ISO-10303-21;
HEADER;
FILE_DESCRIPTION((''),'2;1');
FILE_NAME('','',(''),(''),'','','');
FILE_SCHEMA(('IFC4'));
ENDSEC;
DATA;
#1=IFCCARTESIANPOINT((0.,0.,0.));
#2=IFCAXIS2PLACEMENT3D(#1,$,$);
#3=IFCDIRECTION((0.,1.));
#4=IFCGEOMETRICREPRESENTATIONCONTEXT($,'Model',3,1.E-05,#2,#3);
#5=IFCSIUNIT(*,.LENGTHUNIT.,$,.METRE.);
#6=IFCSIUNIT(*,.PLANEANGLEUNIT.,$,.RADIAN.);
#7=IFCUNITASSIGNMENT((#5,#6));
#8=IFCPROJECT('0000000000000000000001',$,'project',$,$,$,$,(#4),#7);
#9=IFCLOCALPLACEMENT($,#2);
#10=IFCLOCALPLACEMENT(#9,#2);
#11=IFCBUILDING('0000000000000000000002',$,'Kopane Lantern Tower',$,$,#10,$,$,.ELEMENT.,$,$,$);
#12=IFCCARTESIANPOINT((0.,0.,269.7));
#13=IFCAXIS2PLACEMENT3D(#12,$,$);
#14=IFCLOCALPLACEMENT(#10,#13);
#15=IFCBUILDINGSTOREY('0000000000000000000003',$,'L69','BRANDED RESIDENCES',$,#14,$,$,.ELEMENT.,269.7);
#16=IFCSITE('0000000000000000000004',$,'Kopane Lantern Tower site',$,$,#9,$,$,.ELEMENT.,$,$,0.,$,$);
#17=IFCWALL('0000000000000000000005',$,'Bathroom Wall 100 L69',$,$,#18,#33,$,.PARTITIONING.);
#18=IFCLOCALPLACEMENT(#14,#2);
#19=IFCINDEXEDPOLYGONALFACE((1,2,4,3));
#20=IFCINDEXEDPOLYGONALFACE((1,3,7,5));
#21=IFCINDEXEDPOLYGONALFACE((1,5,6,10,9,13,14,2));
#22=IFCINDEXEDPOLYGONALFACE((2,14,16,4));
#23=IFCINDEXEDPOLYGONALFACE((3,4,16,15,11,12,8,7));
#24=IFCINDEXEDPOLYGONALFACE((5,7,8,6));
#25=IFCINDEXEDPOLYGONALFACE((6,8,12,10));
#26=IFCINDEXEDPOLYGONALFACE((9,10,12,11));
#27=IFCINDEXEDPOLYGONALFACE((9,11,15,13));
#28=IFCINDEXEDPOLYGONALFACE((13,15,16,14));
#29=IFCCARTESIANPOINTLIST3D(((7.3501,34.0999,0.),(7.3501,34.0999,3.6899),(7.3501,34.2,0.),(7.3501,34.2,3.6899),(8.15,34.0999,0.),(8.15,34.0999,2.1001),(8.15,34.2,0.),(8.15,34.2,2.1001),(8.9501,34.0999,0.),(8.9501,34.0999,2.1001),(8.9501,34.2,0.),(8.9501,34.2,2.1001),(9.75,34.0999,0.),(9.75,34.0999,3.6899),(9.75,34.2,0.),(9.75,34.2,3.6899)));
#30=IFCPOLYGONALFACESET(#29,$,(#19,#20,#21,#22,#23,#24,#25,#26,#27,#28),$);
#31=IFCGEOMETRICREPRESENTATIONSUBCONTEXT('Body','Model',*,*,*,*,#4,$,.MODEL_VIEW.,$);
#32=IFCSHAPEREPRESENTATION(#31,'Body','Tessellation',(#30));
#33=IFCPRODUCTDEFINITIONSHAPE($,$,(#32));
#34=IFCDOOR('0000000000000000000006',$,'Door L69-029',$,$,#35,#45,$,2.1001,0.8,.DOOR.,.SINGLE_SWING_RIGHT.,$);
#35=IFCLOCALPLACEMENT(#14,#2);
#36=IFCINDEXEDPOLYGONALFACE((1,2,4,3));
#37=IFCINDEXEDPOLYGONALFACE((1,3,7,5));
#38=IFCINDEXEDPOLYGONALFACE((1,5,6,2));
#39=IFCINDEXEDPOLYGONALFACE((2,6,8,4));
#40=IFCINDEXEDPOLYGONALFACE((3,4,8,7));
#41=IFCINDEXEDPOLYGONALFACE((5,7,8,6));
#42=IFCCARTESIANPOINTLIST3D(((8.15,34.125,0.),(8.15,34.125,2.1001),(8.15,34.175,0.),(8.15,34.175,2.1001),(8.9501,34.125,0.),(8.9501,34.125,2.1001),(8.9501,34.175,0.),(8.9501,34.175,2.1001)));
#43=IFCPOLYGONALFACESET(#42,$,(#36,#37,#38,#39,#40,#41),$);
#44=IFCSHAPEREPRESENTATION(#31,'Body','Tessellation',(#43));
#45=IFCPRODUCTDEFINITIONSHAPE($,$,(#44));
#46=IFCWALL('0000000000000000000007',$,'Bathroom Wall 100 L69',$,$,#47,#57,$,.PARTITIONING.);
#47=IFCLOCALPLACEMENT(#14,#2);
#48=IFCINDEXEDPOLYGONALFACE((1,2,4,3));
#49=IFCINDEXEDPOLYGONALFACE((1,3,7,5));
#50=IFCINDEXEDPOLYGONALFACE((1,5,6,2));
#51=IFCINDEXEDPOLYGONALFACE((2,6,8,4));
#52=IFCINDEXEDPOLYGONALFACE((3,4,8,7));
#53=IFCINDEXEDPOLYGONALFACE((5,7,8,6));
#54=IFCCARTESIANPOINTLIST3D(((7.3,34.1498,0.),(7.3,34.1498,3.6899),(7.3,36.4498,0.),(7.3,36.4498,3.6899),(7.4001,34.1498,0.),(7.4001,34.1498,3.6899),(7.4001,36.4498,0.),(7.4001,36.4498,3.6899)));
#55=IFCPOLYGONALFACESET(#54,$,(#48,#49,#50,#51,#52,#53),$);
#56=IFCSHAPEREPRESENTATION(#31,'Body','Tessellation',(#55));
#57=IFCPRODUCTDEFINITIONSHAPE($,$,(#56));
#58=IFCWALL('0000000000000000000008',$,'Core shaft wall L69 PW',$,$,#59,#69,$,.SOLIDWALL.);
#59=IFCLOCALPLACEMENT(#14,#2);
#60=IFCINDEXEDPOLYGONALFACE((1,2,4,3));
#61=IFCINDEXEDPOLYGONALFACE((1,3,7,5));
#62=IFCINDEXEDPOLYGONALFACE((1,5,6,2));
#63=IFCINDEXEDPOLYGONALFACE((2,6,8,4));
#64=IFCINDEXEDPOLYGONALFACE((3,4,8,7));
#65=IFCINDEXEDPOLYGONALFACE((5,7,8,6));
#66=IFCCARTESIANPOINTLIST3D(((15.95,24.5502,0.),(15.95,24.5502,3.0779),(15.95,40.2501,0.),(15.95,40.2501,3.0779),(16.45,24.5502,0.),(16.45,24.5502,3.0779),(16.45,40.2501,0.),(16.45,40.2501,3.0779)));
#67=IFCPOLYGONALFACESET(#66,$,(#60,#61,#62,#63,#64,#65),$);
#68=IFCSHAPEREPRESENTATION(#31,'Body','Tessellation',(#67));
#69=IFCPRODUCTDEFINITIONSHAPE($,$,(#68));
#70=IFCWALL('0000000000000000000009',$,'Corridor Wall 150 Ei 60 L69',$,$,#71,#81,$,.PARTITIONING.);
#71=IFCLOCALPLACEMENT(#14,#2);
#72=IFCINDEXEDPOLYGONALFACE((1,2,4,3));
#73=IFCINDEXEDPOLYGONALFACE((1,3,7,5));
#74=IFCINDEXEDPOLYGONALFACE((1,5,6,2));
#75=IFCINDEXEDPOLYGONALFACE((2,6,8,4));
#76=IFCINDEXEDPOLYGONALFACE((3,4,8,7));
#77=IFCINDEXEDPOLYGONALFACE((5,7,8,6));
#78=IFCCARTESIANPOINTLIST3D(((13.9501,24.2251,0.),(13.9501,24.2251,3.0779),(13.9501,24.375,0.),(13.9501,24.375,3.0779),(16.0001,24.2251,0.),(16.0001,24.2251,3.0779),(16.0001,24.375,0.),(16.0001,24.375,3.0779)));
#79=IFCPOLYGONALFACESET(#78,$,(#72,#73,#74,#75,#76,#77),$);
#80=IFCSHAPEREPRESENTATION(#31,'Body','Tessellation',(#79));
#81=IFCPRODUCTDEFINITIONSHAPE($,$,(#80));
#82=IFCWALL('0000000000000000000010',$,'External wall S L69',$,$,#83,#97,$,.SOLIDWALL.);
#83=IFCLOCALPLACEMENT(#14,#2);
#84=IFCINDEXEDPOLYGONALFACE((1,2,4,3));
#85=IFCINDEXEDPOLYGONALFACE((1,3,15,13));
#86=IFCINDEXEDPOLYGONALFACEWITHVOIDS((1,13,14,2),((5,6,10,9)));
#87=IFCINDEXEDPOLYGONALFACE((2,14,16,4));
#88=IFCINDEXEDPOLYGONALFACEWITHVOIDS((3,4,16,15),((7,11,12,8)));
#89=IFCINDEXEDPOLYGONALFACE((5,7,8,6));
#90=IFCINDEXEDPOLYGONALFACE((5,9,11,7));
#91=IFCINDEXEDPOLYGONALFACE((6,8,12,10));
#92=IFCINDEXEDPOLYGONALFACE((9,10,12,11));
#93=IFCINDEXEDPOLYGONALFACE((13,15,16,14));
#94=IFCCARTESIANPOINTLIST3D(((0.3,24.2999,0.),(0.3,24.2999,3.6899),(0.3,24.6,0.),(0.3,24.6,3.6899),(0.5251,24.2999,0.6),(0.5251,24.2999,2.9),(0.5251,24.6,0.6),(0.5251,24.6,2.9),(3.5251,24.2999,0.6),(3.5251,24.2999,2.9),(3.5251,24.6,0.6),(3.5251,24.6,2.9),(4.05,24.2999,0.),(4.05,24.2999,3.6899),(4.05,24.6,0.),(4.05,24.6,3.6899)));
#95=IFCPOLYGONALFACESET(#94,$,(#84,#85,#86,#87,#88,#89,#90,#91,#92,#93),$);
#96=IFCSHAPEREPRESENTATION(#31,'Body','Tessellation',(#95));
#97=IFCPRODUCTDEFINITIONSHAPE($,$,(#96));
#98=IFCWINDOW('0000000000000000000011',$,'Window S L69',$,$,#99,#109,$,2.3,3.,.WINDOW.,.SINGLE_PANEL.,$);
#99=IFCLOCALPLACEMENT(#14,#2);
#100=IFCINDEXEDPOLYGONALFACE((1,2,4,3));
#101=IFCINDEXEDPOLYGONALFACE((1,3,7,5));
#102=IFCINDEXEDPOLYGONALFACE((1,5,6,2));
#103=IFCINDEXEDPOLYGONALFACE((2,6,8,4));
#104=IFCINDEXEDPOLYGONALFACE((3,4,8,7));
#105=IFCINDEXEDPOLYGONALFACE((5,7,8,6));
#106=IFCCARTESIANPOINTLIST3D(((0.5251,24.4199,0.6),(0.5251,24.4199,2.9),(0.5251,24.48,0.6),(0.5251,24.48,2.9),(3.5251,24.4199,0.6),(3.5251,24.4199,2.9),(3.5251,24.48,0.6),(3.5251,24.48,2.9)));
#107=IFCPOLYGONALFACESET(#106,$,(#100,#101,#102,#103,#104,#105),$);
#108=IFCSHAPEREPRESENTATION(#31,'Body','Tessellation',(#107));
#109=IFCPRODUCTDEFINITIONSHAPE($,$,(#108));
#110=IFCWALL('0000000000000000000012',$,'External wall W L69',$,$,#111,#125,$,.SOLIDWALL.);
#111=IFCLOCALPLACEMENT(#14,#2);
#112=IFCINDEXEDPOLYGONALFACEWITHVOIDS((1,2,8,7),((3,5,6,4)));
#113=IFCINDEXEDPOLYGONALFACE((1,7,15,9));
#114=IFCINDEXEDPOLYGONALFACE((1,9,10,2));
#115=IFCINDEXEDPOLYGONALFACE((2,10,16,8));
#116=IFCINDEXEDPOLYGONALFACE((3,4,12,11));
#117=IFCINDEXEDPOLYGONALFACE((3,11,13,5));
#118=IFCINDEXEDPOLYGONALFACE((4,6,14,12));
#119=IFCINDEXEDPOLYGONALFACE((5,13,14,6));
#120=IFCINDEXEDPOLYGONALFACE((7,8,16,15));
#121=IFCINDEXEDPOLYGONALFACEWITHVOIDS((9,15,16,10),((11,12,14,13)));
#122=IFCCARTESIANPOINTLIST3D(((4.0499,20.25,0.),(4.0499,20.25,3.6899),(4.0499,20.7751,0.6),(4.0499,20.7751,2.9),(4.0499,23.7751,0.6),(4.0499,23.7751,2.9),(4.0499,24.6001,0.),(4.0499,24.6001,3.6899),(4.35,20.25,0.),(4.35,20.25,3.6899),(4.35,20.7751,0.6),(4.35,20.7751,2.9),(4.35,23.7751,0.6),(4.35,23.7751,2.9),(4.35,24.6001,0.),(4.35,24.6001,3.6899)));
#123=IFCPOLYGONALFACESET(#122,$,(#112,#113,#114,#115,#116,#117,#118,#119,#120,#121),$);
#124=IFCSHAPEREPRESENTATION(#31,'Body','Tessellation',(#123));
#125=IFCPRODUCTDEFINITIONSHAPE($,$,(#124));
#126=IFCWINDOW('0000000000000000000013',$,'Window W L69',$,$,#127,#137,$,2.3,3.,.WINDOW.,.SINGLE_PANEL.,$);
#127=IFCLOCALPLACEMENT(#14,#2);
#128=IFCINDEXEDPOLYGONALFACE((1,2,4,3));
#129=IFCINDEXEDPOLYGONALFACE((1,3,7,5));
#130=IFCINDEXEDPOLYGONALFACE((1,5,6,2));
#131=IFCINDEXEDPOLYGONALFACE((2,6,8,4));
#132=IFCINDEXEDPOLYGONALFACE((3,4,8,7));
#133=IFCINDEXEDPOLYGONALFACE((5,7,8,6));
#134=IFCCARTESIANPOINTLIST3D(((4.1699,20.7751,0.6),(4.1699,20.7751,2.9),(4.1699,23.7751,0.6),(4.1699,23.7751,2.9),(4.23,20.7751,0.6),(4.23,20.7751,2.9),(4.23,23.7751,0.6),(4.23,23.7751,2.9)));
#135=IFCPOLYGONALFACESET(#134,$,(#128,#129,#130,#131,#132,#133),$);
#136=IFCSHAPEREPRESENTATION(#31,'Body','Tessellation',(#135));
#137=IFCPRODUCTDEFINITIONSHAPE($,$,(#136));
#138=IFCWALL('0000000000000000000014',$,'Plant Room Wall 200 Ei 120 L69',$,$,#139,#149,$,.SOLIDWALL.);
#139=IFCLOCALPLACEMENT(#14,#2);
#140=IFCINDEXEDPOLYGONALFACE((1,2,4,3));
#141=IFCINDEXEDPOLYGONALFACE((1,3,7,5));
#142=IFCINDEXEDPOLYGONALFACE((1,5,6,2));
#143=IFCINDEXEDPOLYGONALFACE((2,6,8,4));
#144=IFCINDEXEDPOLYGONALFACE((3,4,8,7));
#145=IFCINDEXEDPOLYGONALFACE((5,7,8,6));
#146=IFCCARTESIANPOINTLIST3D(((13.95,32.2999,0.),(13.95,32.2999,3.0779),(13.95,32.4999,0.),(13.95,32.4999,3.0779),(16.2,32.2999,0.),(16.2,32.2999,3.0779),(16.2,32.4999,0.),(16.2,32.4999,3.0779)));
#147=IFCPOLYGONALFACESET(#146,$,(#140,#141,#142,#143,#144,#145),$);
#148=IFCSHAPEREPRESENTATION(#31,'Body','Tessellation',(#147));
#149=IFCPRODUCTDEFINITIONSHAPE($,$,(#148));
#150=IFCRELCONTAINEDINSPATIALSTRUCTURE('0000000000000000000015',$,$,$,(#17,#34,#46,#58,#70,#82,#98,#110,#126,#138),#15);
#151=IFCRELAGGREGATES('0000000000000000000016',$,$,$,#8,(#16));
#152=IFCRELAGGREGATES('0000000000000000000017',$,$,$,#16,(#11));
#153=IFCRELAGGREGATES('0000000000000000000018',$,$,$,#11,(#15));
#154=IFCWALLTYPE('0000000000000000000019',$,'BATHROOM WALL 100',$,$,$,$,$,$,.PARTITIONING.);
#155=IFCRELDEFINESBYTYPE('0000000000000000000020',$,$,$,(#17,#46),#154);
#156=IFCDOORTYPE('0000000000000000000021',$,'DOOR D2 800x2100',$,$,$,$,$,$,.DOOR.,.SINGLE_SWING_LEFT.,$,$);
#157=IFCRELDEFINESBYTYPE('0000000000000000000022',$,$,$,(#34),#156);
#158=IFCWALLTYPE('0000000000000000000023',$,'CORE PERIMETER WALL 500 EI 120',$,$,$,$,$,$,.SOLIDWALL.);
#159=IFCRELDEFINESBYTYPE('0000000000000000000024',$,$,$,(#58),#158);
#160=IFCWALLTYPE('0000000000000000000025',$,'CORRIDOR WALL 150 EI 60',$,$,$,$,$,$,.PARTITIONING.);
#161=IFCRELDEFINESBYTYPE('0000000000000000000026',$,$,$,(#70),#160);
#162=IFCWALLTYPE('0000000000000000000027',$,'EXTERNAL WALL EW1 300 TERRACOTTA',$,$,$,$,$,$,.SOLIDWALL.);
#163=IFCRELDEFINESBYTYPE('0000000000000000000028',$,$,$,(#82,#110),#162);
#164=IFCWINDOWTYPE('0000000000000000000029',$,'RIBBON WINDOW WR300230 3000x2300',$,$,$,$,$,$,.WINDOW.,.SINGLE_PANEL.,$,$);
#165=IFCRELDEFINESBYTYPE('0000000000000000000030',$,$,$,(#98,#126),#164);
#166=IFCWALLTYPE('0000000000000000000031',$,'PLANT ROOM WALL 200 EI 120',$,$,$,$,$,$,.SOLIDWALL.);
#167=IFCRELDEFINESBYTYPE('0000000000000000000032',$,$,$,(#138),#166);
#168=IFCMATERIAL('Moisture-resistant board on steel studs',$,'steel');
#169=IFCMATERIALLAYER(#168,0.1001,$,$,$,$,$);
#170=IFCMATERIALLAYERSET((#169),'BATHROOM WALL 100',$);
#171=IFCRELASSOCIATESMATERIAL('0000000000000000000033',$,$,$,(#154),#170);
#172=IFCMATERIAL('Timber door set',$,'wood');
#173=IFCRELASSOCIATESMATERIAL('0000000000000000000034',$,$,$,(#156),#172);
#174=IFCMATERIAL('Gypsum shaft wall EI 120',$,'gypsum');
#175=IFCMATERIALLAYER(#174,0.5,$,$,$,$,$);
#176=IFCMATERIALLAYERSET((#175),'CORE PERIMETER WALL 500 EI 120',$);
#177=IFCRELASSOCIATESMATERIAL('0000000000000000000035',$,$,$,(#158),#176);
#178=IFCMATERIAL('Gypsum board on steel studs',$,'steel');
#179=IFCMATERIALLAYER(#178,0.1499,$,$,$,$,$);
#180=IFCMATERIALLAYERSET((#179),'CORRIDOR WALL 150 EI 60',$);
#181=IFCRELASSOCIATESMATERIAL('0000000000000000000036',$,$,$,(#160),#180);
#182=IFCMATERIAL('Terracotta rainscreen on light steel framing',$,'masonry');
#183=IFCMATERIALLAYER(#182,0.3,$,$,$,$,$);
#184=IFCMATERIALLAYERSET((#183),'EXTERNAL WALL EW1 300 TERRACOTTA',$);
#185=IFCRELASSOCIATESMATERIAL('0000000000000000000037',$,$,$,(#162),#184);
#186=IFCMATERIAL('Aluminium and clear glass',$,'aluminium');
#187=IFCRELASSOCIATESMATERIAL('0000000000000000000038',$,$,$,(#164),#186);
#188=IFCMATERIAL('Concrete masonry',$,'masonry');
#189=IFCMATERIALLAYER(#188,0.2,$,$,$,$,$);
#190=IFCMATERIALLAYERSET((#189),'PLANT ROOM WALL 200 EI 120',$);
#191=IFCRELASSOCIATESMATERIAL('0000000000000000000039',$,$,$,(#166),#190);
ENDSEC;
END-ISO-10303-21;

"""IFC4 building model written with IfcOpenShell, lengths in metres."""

from ifc_helpers import new_model, si_unit, direction, frame, frame_2d, origin, place, context, subcontext, project, spatial, rectangle, extrude, material, layer, layer_set, type_object, element, fill, save


model = new_model("IFC4")

# Units and contexts
model_context = context("Model", 3, precision=1e-05, world=origin(), true_north=direction((0.0, 1.0)))
body_context = subcontext(model_context, "Body", "Model", "MODEL_VIEW")
ifc_project = project(units=[si_unit("LENGTHUNIT", "METRE"), si_unit("PLANEANGLEUNIT", "RADIAN")], contexts=[model_context])

# Site, building, storey
site_placement = place(None, origin())
site = spatial("IfcSite", under=ifc_project, at=site_placement, Name="Kopane Lantern Tower site", CompositionType="ELEMENT", RefElevation=0.0)
building_placement = place(site_placement, origin())
building = spatial("IfcBuilding", under=site, at=building_placement, Name="Kopane Lantern Tower", CompositionType="ELEMENT")
storey_placement = place(building_placement, frame((0.0, 0.0, 269.7)))
storey = spatial("IfcBuildingStorey", under=building, at=storey_placement, Name="L69", Description="BRANDED RESIDENCES", CompositionType="ELEMENT", Elevation=269.7)

# Wall, opening, door
ifc_material_1 = material(Name="Moisture-resistant board on steel studs", Category="steel")
ifc_layer_1 = layer(ifc_material_1, 0.1001)
ifc_layer_set_1 = layer_set([ifc_layer_1], Name="BATHROOM WALL 100")
wall_type_1 = type_object("IfcWallType", Name="BATHROOM WALL 100", PredefinedType="PARTITIONING", material=ifc_layer_set_1)
wall_1_placement = place(storey_placement, frame((9.75, 34.1499, 0.0), z_axis=(0.0, 0.0, 1.0), x_axis=(-1.0, 0.0, 0.0)))
wall_1 = element("IfcWall", 1, at=wall_1_placement, inside=storey, type_object=wall_type_1, Name="Bathroom Wall 100 L69", PredefinedType="PARTITIONING", context=body_context, shape_type="SweptSolid", body=[
    extrude(rectangle(XDim=2.3999, YDim=0.1001, at=frame_2d((1.2, 0.0))), origin(), (0.0, 0.0, 1.0), 3.6899),
])
opening_1_placement = place(wall_1_placement, frame((0.8, 0.0, 0.0)))
opening_1 = element("IfcOpeningElement", 2, at=opening_1_placement, cuts=wall_1, PredefinedType="OPENING", context=body_context, shape_type="SweptSolid", body=[
    extrude(rectangle(XDim=0.8, YDim=2.1001, at=frame_2d((0.3999, 1.05))), frame((0.0, 0.0601, 0.0), z_axis=(0.0, -1.0, 0.0), x_axis=(1.0, 0.0, 0.0)), (0.0, 0.0, 1.0), 0.1201),
])
ifc_material_2 = material(Name="Timber door set", Category="wood")
door_type_1 = type_object("IfcDoorType", Name="DOOR D2 800x2100", OperationType="SINGLE_SWING_LEFT", PredefinedType="DOOR", material=ifc_material_2)
door_1_placement = place(opening_1_placement, origin())
door_1 = element("IfcDoor", 3, at=door_1_placement, inside=storey, type_object=door_type_1, Name="Door L69-029", OperationType="SINGLE_SWING_RIGHT", OverallHeight=2.1001, OverallWidth=0.8, PredefinedType="DOOR", context=body_context, shape_type="SweptSolid", body=[
    extrude(rectangle(XDim=0.8, YDim=2.1001, at=frame_2d((0.3999, 1.05))), frame((0.0, 0.0249, 0.0), z_axis=(0.0, -1.0, 0.0), x_axis=(1.0, 0.0, 0.0)), (0.0, 0.0, 1.0), 0.05),
])
fill(opening_1, door_1)

# Walls
wall_2_placement = place(storey_placement, frame((7.3501, 34.1499, 0.0), z_axis=(0.0, 0.0, 1.0), x_axis=(0.0, 1.0, 0.0)))
element("IfcWall", 4, at=wall_2_placement, inside=storey, type_object=wall_type_1, Name="Bathroom Wall 100 L69", PredefinedType="PARTITIONING", context=body_context, shape_type="SweptSolid", body=[
    extrude(rectangle(XDim=2.3, YDim=0.1001, at=frame_2d((1.1499, 0.0))), origin(), (0.0, 0.0, 1.0), 3.6899),
])
ifc_material_3 = material(Name="Gypsum shaft wall EI 120", Category="gypsum")
ifc_layer_2 = layer(ifc_material_3, 0.5)
ifc_layer_set_2 = layer_set([ifc_layer_2], Name="CORE PERIMETER WALL 500 EI 120")
wall_type_2 = type_object("IfcWallType", Name="CORE PERIMETER WALL 500 EI 120", PredefinedType="SOLIDWALL", material=ifc_layer_set_2)
wall_3_placement = place(storey_placement, frame((16.2, 24.55, 0.0), z_axis=(0.0, 0.0, 1.0), x_axis=(0.0, 1.0, 0.0)))
element("IfcWall", 5, at=wall_3_placement, inside=storey, type_object=wall_type_2, Name="Core shaft wall L69 PW", PredefinedType="SOLIDWALL", context=body_context, shape_type="SweptSolid", body=[
    extrude(rectangle(XDim=15.7, YDim=0.5, at=frame_2d((7.8501, 0.0))), origin(), (0.0, 0.0, 1.0), 3.0779),
])
ifc_material_4 = material(Name="Gypsum board on steel studs", Category="steel")
ifc_layer_3 = layer(ifc_material_4, 0.1499)
ifc_layer_set_3 = layer_set([ifc_layer_3], Name="CORRIDOR WALL 150 EI 60")
wall_type_3 = type_object("IfcWallType", Name="CORRIDOR WALL 150 EI 60", PredefinedType="PARTITIONING", material=ifc_layer_set_3)
wall_4_placement = place(storey_placement, frame((16.0, 24.3, 0.0), z_axis=(0.0, 0.0, 1.0), x_axis=(-1.0, 0.0, 0.0)))
element("IfcWall", 6, at=wall_4_placement, inside=storey, type_object=wall_type_3, Name="Corridor Wall 150 Ei 60 L69", PredefinedType="PARTITIONING", context=body_context, shape_type="SweptSolid", body=[
    extrude(rectangle(XDim=2.05, YDim=0.1499, at=frame_2d((1.0249, 0.0))), origin(), (0.0, 0.0, 1.0), 3.0779),
])

# Walls, openings, windows
ifc_material_5 = material(Name="Terracotta rainscreen on light steel framing", Category="masonry")
ifc_layer_4 = layer(ifc_material_5, 0.3)
ifc_layer_set_4 = layer_set([ifc_layer_4], Name="EXTERNAL WALL EW1 300 TERRACOTTA")
wall_type_4 = type_object("IfcWallType", Name="EXTERNAL WALL EW1 300 TERRACOTTA", PredefinedType="SOLIDWALL", material=ifc_layer_set_4)
wall_5_placement = place(storey_placement, frame((0.3, 24.45, 0.0), z_axis=(0.0, 0.0, 1.0), x_axis=(1.0, 0.0, 0.0)))
wall_5 = element("IfcWall", 7, at=wall_5_placement, inside=storey, type_object=wall_type_4, Name="External wall S L69", PredefinedType="SOLIDWALL", context=body_context, shape_type="SweptSolid", body=[
    extrude(rectangle(XDim=3.75, YDim=0.3, at=frame_2d((1.875, 0.0))), origin(), (0.0, 0.0, 1.0), 3.6899),
])
opening_2_placement = place(wall_5_placement, frame((0.2251, 0.0, 0.6001)))
opening_2 = element("IfcOpeningElement", 8, at=opening_2_placement, cuts=wall_5, PredefinedType="OPENING", context=body_context, shape_type="SweptSolid", body=[
    extrude(rectangle(XDim=3.0, YDim=2.3, at=frame_2d((1.5, 1.1499))), frame((0.0, 0.1599, 0.0), z_axis=(0.0, -1.0, 0.0), x_axis=(1.0, 0.0, 0.0)), (0.0, 0.0, 1.0), 0.3201),
])
ifc_material_6 = material(Name="Aluminium and clear glass", Category="aluminium")
window_type = type_object("IfcWindowType", Name="RIBBON WINDOW WR300230 3000x2300", PartitioningType="SINGLE_PANEL", PredefinedType="WINDOW", material=ifc_material_6)
window_1_placement = place(opening_2_placement, origin())
window_1 = element("IfcWindow", 9, at=window_1_placement, inside=storey, type_object=window_type, Name="Window S L69", OverallHeight=2.3, OverallWidth=3.0, PartitioningType="SINGLE_PANEL", PredefinedType="WINDOW", context=body_context, shape_type="SweptSolid", body=[
    extrude(rectangle(XDim=3.0, YDim=2.3, at=frame_2d((1.5, 1.1499))), frame((0.0, 0.03, 0.0), z_axis=(0.0, -1.0, 0.0), x_axis=(1.0, 0.0, 0.0)), (0.0, 0.0, 1.0), 0.0601),
])
fill(opening_2, window_1)
wall_6_placement = place(storey_placement, frame((4.2, 24.6001, 0.0), z_axis=(0.0, 0.0, 1.0), x_axis=(0.0, -1.0, 0.0)))
wall_6 = element("IfcWall", 10, at=wall_6_placement, inside=storey, type_object=wall_type_4, Name="External wall W L69", PredefinedType="SOLIDWALL", context=body_context, shape_type="SweptSolid", body=[
    extrude(rectangle(XDim=4.3501, YDim=0.3, at=frame_2d((2.175, 0.0))), origin(), (0.0, 0.0, 1.0), 3.6899),
])
opening_3_placement = place(wall_6_placement, frame((0.825, 0.0, 0.6001)))
opening_3 = element("IfcOpeningElement", 11, at=opening_3_placement, cuts=wall_6, PredefinedType="OPENING", context=body_context, shape_type="SweptSolid", body=[
    extrude(rectangle(XDim=3.0, YDim=2.3, at=frame_2d((1.5, 1.1499))), frame((0.0, 0.1599, 0.0), z_axis=(0.0, -1.0, 0.0), x_axis=(1.0, 0.0, 0.0)), (0.0, 0.0, 1.0), 0.3201),
])
window_2_placement = place(opening_3_placement, origin())
window_2 = element("IfcWindow", 12, at=window_2_placement, inside=storey, type_object=window_type, Name="Window W L69", OverallHeight=2.3, OverallWidth=3.0, PartitioningType="SINGLE_PANEL", PredefinedType="WINDOW", context=body_context, shape_type="SweptSolid", body=[
    extrude(rectangle(XDim=3.0, YDim=2.3, at=frame_2d((1.5, 1.1499))), frame((0.0, 0.03, 0.0), z_axis=(0.0, -1.0, 0.0), x_axis=(1.0, 0.0, 0.0)), (0.0, 0.0, 1.0), 0.0601),
])
fill(opening_3, window_2)

# Wall
ifc_material_7 = material(Name="Concrete masonry", Category="masonry")
ifc_layer_5 = layer(ifc_material_7, 0.2)
ifc_layer_set_5 = layer_set([ifc_layer_5], Name="PLANT ROOM WALL 200 EI 120")
wall_type_5 = type_object("IfcWallType", Name="PLANT ROOM WALL 200 EI 120", PredefinedType="SOLIDWALL", material=ifc_layer_set_5)
wall_7_placement = place(storey_placement, frame((13.95, 32.3999, 0.0), z_axis=(0.0, 0.0, 1.0), x_axis=(1.0, 0.0, 0.0)))
element("IfcWall", 13, at=wall_7_placement, inside=storey, type_object=wall_type_5, Name="Plant Room Wall 200 Ei 120 L69", PredefinedType="SOLIDWALL", context=body_context, shape_type="SweptSolid", body=[
    extrude(rectangle(XDim=2.25, YDim=0.2, at=frame_2d((1.125, 0.0))), origin(), (0.0, 0.0, 1.0), 3.0779),
])

save(model, "model.ifc")
